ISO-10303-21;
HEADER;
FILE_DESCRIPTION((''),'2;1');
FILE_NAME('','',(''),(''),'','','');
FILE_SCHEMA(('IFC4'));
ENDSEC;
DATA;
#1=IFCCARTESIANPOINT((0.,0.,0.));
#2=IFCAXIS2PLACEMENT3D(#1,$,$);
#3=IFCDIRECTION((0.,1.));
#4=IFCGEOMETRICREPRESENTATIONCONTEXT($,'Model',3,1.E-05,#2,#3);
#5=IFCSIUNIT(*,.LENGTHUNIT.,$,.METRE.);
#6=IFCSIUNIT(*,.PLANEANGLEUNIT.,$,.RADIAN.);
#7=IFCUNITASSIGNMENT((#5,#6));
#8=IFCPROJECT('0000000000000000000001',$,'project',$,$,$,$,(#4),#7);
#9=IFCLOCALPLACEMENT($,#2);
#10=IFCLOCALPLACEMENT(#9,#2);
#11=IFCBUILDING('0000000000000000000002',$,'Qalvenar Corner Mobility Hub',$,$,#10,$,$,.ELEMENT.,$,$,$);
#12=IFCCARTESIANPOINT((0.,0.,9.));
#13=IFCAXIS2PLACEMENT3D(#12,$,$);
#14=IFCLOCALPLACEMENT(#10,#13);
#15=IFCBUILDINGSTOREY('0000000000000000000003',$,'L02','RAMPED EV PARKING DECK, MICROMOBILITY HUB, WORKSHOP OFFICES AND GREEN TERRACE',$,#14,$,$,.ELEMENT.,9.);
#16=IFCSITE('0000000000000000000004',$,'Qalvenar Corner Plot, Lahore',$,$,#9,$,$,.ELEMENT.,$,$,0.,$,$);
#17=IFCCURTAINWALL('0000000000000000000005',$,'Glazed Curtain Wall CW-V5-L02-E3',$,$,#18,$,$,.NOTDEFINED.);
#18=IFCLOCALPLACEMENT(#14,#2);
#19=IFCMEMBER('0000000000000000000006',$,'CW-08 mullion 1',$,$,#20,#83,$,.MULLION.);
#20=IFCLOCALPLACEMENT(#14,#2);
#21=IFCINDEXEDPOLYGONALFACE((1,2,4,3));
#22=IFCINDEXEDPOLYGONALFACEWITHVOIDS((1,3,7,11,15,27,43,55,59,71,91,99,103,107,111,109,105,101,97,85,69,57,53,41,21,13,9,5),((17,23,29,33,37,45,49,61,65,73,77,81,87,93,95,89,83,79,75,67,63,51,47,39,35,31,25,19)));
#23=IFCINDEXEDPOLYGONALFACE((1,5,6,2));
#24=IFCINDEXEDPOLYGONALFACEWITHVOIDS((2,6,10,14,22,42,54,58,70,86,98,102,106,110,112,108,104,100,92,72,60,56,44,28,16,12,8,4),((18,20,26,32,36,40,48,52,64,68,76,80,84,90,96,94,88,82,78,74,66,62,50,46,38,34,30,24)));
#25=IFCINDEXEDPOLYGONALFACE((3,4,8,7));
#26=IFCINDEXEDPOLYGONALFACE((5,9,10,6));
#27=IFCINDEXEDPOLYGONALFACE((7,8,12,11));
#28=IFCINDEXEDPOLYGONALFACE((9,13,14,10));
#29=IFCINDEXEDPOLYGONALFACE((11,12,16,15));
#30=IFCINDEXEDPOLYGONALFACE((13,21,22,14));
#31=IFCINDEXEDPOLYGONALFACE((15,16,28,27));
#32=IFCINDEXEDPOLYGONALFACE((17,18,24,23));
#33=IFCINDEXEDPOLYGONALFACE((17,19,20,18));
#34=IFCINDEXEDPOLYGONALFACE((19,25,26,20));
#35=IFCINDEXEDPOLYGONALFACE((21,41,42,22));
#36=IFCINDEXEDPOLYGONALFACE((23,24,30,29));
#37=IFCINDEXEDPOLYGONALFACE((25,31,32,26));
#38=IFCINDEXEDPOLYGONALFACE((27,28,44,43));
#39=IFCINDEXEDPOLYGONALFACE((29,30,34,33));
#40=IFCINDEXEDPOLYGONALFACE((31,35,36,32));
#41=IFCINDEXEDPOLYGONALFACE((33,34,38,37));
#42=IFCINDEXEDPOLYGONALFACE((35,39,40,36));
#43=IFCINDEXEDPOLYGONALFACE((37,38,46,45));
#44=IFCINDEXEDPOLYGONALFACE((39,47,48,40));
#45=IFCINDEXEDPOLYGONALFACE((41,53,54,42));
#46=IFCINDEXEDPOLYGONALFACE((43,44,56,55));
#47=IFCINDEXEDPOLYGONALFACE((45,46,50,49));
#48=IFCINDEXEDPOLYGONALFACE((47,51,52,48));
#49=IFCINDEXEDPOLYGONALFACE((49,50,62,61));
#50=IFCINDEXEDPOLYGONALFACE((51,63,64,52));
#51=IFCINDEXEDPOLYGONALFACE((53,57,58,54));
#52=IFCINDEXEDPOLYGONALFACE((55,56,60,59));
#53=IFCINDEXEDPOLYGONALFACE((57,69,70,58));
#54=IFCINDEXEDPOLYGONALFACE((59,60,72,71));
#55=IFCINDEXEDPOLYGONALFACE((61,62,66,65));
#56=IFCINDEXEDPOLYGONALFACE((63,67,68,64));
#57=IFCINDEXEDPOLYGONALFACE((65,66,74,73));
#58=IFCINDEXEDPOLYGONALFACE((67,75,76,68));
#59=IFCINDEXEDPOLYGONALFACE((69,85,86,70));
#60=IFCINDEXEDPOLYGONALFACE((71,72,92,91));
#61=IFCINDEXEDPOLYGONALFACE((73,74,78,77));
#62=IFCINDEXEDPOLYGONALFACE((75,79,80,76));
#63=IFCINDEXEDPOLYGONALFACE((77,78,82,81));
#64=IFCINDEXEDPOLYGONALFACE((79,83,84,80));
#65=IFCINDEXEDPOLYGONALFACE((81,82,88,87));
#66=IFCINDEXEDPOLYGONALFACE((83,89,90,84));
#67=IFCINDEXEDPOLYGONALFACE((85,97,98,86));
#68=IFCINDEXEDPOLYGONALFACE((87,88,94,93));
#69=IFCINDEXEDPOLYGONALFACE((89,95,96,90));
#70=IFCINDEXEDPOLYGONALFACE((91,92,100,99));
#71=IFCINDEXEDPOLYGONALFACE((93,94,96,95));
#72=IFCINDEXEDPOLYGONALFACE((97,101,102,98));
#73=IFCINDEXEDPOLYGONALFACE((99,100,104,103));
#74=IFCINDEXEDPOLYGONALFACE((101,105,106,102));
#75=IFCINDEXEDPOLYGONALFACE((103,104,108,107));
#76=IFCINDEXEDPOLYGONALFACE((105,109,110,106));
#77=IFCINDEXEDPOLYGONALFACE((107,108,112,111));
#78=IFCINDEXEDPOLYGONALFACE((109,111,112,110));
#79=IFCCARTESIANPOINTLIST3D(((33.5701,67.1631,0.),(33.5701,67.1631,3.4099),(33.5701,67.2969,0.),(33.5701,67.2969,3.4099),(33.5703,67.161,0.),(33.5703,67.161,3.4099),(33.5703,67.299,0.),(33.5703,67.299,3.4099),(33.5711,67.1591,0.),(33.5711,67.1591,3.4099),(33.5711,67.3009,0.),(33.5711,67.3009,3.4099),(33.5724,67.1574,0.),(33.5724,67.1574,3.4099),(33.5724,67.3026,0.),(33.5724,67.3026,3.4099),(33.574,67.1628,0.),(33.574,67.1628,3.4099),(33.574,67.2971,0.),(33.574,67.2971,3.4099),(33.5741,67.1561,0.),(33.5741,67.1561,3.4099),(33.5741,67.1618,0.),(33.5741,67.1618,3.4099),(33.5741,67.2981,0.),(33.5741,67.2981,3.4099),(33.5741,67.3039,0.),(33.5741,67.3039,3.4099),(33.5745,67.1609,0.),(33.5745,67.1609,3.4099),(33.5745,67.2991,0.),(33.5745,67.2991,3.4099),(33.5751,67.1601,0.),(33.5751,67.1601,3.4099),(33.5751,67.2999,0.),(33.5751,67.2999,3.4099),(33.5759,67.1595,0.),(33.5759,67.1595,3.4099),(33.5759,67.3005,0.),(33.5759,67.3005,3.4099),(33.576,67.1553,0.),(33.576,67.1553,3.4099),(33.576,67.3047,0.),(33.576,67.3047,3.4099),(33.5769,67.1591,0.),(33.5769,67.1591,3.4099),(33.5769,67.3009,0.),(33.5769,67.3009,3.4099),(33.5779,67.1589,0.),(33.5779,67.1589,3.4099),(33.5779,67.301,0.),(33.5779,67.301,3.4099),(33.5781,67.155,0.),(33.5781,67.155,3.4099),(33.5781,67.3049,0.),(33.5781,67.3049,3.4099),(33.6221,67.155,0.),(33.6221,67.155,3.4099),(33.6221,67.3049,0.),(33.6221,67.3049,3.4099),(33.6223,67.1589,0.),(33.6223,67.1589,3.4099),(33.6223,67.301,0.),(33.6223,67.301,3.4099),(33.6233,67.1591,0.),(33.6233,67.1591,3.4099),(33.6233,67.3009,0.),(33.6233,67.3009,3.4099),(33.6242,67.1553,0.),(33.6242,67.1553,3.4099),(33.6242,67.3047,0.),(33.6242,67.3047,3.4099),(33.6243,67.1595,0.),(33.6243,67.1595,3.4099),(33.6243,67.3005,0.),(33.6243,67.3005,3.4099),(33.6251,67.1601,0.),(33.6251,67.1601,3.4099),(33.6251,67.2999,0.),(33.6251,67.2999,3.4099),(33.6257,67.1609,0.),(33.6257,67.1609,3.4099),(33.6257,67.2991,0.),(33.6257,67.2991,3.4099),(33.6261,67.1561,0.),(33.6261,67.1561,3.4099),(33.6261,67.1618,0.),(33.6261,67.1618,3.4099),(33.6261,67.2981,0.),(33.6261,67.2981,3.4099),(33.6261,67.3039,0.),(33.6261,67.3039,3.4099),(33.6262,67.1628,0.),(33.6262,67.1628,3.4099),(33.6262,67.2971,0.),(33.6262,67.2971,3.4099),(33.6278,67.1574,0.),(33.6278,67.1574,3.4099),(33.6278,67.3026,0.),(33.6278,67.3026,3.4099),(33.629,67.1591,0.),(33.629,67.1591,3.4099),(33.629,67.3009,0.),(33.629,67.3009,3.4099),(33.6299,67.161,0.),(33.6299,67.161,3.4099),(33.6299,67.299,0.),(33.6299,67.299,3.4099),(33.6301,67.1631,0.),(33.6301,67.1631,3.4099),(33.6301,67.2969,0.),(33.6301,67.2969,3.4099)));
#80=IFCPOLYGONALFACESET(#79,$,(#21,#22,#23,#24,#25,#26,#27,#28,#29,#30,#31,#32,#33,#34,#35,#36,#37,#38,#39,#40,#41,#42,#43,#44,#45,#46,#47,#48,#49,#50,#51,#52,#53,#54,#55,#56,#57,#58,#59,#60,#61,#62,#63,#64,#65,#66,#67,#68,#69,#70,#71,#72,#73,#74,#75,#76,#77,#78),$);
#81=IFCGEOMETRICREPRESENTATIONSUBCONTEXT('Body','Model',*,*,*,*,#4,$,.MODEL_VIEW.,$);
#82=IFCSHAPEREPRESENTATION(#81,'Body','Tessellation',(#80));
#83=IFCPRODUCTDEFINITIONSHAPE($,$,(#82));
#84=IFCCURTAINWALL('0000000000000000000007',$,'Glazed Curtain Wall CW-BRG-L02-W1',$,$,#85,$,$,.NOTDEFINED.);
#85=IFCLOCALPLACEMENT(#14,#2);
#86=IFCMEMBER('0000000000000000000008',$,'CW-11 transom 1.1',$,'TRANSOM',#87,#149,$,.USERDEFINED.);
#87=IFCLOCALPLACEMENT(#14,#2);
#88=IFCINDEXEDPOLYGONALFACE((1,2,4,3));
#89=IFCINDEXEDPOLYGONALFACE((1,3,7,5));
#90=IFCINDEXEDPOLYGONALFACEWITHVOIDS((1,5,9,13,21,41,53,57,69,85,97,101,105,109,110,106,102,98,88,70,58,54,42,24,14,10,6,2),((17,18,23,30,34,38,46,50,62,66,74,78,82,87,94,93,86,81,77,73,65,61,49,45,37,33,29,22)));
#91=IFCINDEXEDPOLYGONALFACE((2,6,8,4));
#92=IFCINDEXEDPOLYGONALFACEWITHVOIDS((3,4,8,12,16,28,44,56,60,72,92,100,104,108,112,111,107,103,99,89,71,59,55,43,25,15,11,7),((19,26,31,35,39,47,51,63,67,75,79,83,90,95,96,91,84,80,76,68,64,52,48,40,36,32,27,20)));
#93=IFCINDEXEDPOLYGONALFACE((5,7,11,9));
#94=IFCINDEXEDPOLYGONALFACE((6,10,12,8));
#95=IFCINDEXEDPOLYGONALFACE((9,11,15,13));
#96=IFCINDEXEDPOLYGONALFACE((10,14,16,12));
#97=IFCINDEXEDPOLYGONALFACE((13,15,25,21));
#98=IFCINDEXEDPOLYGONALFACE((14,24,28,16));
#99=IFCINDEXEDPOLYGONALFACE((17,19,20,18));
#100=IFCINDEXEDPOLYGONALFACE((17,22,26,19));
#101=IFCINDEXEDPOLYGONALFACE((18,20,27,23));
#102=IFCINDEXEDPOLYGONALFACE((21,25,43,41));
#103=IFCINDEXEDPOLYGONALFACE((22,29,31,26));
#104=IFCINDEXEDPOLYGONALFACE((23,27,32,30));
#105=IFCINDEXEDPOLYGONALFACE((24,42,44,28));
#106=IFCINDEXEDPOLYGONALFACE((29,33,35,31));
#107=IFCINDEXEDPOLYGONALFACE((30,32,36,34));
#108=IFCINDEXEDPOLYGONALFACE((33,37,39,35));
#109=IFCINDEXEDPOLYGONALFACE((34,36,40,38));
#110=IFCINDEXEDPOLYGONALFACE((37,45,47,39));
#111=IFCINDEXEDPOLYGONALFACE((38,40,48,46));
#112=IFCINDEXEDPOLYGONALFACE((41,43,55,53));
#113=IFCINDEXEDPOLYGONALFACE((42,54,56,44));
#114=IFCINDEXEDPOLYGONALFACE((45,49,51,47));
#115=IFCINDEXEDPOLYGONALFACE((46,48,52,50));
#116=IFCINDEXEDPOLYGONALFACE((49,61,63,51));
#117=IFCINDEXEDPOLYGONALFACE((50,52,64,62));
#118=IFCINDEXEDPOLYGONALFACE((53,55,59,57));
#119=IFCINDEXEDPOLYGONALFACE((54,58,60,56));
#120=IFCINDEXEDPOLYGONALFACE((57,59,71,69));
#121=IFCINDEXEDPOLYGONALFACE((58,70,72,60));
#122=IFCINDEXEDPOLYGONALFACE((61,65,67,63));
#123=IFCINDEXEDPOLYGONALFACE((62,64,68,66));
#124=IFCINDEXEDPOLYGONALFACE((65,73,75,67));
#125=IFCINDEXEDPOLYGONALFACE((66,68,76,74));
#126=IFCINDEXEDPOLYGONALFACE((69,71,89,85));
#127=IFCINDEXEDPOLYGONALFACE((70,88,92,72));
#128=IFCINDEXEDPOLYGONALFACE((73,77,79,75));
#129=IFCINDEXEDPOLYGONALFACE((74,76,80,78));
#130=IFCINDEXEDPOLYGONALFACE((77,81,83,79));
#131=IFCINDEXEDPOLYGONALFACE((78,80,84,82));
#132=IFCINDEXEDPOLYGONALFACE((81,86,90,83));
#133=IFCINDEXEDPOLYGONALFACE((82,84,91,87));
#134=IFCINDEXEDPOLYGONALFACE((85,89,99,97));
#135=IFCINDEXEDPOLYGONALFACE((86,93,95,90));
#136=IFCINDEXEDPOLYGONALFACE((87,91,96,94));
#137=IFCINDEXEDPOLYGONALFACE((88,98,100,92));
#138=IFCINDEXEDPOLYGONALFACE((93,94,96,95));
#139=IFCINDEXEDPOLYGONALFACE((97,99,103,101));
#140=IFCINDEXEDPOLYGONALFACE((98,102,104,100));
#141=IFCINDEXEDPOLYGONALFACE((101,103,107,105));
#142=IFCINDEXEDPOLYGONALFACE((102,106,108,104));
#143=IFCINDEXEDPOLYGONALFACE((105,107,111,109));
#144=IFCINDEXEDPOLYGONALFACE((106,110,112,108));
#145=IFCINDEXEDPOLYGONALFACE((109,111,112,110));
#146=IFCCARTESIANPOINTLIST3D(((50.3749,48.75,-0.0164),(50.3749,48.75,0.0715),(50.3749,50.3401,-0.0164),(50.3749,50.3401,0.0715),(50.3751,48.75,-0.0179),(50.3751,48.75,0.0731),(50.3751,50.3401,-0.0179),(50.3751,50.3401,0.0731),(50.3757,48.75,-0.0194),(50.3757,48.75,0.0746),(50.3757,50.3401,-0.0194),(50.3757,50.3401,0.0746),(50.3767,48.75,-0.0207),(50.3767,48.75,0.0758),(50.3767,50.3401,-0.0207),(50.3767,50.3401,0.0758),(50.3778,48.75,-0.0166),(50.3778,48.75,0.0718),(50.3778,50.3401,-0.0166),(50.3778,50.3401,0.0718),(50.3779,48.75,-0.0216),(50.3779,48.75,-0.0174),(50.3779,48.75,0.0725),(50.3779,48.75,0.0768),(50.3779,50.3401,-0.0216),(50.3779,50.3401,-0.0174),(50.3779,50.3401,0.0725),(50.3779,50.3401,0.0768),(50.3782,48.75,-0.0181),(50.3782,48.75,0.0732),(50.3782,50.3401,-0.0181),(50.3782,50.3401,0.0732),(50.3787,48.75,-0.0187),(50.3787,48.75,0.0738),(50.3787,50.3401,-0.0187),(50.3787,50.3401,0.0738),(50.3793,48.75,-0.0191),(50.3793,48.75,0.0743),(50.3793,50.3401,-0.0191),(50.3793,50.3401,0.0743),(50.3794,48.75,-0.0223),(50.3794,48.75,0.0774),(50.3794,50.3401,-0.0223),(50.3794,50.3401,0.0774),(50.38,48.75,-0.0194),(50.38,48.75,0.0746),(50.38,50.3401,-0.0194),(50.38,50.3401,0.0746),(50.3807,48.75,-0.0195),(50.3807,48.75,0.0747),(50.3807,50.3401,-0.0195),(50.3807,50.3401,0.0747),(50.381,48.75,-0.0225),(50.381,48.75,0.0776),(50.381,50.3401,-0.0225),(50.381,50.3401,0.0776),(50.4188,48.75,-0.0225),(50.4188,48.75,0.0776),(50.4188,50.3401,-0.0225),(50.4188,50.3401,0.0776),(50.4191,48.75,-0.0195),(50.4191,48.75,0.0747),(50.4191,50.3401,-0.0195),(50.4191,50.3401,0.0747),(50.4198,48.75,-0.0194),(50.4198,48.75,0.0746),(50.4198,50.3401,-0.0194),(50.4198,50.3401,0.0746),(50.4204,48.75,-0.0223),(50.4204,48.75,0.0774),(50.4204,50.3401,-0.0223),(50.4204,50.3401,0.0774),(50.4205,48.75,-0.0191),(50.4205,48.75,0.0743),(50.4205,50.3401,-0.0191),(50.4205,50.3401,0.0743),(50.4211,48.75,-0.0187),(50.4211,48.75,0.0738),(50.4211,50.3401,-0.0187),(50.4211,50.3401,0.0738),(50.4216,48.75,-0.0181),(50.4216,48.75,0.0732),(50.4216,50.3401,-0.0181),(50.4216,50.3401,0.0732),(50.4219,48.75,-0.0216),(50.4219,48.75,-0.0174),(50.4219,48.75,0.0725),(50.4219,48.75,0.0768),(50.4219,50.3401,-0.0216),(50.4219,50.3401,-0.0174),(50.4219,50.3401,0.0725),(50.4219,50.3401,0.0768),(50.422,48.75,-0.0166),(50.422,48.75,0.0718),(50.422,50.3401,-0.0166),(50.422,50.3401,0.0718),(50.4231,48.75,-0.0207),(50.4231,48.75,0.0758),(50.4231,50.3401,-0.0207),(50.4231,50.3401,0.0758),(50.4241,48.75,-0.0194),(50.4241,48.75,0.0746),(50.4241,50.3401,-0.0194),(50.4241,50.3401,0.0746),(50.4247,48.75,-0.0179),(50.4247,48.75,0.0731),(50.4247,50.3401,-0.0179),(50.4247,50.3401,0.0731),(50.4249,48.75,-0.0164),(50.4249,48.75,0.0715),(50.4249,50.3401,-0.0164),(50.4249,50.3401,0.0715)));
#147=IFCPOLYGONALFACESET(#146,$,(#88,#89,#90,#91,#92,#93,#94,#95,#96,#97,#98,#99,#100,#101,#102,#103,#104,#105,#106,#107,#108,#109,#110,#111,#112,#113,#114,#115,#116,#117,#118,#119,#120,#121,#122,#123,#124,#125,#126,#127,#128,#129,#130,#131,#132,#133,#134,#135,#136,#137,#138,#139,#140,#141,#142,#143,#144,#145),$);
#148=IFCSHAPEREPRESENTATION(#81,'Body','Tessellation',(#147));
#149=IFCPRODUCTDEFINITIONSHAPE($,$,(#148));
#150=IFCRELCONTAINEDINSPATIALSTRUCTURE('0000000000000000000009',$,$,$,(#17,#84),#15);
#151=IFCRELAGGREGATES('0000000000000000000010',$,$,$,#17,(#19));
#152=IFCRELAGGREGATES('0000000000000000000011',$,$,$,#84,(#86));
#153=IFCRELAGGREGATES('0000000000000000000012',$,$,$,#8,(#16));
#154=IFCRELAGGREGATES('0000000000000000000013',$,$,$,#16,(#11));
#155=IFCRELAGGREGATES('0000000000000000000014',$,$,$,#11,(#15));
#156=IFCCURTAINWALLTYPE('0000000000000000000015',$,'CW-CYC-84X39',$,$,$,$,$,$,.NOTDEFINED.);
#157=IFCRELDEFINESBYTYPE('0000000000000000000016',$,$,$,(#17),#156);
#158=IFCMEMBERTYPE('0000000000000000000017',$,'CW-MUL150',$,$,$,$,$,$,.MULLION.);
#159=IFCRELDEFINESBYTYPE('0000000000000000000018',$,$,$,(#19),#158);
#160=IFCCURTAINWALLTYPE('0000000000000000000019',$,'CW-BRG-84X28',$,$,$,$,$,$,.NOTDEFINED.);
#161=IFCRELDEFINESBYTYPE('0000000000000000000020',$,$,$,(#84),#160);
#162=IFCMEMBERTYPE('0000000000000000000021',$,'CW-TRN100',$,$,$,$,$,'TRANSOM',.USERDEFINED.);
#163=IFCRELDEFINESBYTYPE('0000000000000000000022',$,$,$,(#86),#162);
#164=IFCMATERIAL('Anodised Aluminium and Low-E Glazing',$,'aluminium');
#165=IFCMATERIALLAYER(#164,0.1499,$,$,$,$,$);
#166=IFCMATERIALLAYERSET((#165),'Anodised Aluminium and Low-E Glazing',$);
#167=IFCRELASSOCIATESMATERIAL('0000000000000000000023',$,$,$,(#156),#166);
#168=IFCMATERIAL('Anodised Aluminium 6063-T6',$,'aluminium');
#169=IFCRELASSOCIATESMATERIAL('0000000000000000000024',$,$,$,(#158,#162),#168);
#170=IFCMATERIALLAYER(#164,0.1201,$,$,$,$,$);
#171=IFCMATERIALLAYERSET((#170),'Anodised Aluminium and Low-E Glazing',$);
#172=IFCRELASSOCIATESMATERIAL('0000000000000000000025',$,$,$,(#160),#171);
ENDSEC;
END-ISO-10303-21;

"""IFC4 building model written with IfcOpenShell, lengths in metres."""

from ifc_helpers import new_model, si_unit, direction, frame, origin, origin_2d, place, context, subcontext, project, spatial, hollow_rectangle, extrude, material, layer, layer_set, material_profile, profile_set, type_object, element, aggregate, save


model = new_model("IFC4")

# Units and contexts
model_context = context("Model", 3, precision=1e-05, world=origin(), true_north=direction((0.0, 1.0)))
body_context = subcontext(model_context, "Body", "Model", "MODEL_VIEW")
ifc_project = project(units=[si_unit("LENGTHUNIT", "METRE"), si_unit("PLANEANGLEUNIT", "RADIAN")], contexts=[model_context])

# Site, building, storey
site_placement = place(None, origin())
site = spatial("IfcSite", under=ifc_project, at=site_placement, Name="Qalvenar Corner Plot, Lahore", CompositionType="ELEMENT", RefElevation=0.0)
building_placement = place(site_placement, origin())
building = spatial("IfcBuilding", under=site, at=building_placement, Name="Qalvenar Corner Mobility Hub", CompositionType="ELEMENT")
storey_placement = place(building_placement, frame((0.0, 0.0, 9.0)))
storey = spatial("IfcBuildingStorey", under=building, at=storey_placement, Name="L02", Description="RAMPED EV PARKING DECK, MICROMOBILITY HUB, WORKSHOP OFFICES AND GREEN TERRACE", CompositionType="ELEMENT", Elevation=9.0)

# Shared definitions
ifc_material_1 = material(Name="Anodised Aluminium and Low-E Glazing", Category="aluminium")
ifc_layer_1 = layer(ifc_material_1, 0.1499)
ifc_layer_set_1 = layer_set([ifc_layer_1], Name="Anodised Aluminium and Low-E Glazing")
curtain_wall_type_1 = type_object("IfcCurtainWallType", Name="CW-CYC-84X39", PredefinedType="NOTDEFINED", material=ifc_layer_set_1)
ifc_material_2 = material(Name="Anodised Aluminium 6063-T6", Category="aluminium")
ifc_material_profile_1 = material_profile(ifc_material_2, hollow_rectangle(XDim=0.0601, YDim=0.1499, WallThickness=0.0039, InnerFilletRadius=0.0039, OuterFilletRadius=0.0081, at=origin_2d()), Name="RHS150x60x4")
ifc_profile_set_1 = profile_set([ifc_material_profile_1], Name="Anodised Aluminium 6063-T6")
member_type_1 = type_object("IfcMemberType", Name="CW-MUL150", PredefinedType="MULLION", material=ifc_profile_set_1)

# Curtain walls, members
curtain_wall_1_placement = place(storey_placement, origin())
curtain_wall_1 = element("IfcCurtainWall", 1, at=curtain_wall_1_placement, inside=storey, type_object=curtain_wall_type_1, Name="Glazed Curtain Wall CW-V5-L02-E3", PredefinedType="NOTDEFINED")
member_1_placement = place(storey_placement, frame((33.6001, 67.23, 0.0), z_axis=(0.0, 0.0, 1.0), x_axis=(-1.0, 0.0, 0.0)))
member_1 = element("IfcMember", 2, at=member_1_placement, type_object=member_type_1, Name="CW-08 mullion 1", PredefinedType="MULLION", context=body_context, shape_type="SweptSolid", body=[
    extrude(hollow_rectangle(XDim=0.0601, YDim=0.1499, WallThickness=0.0039, InnerFilletRadius=0.0039, OuterFilletRadius=0.0081, at=origin_2d()), origin(), (0.0, 0.0, 1.0), 3.4099),
])
ifc_layer_2 = layer(ifc_material_1, 0.1201)
ifc_layer_set_2 = layer_set([ifc_layer_2], Name="Anodised Aluminium and Low-E Glazing")
curtain_wall_type_2 = type_object("IfcCurtainWallType", Name="CW-BRG-84X28", PredefinedType="NOTDEFINED", material=ifc_layer_set_2)
curtain_wall_2_placement = place(storey_placement, origin())
curtain_wall_2 = element("IfcCurtainWall", 3, at=curtain_wall_2_placement, inside=storey, type_object=curtain_wall_type_2, Name="Glazed Curtain Wall CW-BRG-L02-W1", PredefinedType="NOTDEFINED")
ifc_material_profile_2 = material_profile(ifc_material_2, hollow_rectangle(XDim=0.05, YDim=0.1001, WallThickness=0.0029, InnerFilletRadius=0.0029, OuterFilletRadius=0.0061, at=origin_2d()), Name="RHS100x50x3")
ifc_profile_set_2 = profile_set([ifc_material_profile_2], Name="Anodised Aluminium 6063-T6")
member_type_2 = type_object("IfcMemberType", Name="CW-TRN100", ElementType="TRANSOM", PredefinedType="USERDEFINED", material=ifc_profile_set_2)
member_2_placement = place(storey_placement, frame((50.3999, 50.3401, 0.0276), z_axis=(0.0, -1.0, 0.0), x_axis=(1.0, 0.0, 0.0)))
member_2 = element("IfcMember", 4, at=member_2_placement, type_object=member_type_2, Name="CW-11 transom 1.1", ObjectType="TRANSOM", PredefinedType="USERDEFINED", context=body_context, shape_type="SweptSolid", body=[
    extrude(hollow_rectangle(XDim=0.05, YDim=0.1001, WallThickness=0.0029, InnerFilletRadius=0.0029, OuterFilletRadius=0.0061, at=origin_2d()), origin(), (0.0, 0.0, 1.0), 1.5901),
])

aggregate(curtain_wall_1, [member_1])

aggregate(curtain_wall_2, [member_2])

save(model, "model.ifc")
